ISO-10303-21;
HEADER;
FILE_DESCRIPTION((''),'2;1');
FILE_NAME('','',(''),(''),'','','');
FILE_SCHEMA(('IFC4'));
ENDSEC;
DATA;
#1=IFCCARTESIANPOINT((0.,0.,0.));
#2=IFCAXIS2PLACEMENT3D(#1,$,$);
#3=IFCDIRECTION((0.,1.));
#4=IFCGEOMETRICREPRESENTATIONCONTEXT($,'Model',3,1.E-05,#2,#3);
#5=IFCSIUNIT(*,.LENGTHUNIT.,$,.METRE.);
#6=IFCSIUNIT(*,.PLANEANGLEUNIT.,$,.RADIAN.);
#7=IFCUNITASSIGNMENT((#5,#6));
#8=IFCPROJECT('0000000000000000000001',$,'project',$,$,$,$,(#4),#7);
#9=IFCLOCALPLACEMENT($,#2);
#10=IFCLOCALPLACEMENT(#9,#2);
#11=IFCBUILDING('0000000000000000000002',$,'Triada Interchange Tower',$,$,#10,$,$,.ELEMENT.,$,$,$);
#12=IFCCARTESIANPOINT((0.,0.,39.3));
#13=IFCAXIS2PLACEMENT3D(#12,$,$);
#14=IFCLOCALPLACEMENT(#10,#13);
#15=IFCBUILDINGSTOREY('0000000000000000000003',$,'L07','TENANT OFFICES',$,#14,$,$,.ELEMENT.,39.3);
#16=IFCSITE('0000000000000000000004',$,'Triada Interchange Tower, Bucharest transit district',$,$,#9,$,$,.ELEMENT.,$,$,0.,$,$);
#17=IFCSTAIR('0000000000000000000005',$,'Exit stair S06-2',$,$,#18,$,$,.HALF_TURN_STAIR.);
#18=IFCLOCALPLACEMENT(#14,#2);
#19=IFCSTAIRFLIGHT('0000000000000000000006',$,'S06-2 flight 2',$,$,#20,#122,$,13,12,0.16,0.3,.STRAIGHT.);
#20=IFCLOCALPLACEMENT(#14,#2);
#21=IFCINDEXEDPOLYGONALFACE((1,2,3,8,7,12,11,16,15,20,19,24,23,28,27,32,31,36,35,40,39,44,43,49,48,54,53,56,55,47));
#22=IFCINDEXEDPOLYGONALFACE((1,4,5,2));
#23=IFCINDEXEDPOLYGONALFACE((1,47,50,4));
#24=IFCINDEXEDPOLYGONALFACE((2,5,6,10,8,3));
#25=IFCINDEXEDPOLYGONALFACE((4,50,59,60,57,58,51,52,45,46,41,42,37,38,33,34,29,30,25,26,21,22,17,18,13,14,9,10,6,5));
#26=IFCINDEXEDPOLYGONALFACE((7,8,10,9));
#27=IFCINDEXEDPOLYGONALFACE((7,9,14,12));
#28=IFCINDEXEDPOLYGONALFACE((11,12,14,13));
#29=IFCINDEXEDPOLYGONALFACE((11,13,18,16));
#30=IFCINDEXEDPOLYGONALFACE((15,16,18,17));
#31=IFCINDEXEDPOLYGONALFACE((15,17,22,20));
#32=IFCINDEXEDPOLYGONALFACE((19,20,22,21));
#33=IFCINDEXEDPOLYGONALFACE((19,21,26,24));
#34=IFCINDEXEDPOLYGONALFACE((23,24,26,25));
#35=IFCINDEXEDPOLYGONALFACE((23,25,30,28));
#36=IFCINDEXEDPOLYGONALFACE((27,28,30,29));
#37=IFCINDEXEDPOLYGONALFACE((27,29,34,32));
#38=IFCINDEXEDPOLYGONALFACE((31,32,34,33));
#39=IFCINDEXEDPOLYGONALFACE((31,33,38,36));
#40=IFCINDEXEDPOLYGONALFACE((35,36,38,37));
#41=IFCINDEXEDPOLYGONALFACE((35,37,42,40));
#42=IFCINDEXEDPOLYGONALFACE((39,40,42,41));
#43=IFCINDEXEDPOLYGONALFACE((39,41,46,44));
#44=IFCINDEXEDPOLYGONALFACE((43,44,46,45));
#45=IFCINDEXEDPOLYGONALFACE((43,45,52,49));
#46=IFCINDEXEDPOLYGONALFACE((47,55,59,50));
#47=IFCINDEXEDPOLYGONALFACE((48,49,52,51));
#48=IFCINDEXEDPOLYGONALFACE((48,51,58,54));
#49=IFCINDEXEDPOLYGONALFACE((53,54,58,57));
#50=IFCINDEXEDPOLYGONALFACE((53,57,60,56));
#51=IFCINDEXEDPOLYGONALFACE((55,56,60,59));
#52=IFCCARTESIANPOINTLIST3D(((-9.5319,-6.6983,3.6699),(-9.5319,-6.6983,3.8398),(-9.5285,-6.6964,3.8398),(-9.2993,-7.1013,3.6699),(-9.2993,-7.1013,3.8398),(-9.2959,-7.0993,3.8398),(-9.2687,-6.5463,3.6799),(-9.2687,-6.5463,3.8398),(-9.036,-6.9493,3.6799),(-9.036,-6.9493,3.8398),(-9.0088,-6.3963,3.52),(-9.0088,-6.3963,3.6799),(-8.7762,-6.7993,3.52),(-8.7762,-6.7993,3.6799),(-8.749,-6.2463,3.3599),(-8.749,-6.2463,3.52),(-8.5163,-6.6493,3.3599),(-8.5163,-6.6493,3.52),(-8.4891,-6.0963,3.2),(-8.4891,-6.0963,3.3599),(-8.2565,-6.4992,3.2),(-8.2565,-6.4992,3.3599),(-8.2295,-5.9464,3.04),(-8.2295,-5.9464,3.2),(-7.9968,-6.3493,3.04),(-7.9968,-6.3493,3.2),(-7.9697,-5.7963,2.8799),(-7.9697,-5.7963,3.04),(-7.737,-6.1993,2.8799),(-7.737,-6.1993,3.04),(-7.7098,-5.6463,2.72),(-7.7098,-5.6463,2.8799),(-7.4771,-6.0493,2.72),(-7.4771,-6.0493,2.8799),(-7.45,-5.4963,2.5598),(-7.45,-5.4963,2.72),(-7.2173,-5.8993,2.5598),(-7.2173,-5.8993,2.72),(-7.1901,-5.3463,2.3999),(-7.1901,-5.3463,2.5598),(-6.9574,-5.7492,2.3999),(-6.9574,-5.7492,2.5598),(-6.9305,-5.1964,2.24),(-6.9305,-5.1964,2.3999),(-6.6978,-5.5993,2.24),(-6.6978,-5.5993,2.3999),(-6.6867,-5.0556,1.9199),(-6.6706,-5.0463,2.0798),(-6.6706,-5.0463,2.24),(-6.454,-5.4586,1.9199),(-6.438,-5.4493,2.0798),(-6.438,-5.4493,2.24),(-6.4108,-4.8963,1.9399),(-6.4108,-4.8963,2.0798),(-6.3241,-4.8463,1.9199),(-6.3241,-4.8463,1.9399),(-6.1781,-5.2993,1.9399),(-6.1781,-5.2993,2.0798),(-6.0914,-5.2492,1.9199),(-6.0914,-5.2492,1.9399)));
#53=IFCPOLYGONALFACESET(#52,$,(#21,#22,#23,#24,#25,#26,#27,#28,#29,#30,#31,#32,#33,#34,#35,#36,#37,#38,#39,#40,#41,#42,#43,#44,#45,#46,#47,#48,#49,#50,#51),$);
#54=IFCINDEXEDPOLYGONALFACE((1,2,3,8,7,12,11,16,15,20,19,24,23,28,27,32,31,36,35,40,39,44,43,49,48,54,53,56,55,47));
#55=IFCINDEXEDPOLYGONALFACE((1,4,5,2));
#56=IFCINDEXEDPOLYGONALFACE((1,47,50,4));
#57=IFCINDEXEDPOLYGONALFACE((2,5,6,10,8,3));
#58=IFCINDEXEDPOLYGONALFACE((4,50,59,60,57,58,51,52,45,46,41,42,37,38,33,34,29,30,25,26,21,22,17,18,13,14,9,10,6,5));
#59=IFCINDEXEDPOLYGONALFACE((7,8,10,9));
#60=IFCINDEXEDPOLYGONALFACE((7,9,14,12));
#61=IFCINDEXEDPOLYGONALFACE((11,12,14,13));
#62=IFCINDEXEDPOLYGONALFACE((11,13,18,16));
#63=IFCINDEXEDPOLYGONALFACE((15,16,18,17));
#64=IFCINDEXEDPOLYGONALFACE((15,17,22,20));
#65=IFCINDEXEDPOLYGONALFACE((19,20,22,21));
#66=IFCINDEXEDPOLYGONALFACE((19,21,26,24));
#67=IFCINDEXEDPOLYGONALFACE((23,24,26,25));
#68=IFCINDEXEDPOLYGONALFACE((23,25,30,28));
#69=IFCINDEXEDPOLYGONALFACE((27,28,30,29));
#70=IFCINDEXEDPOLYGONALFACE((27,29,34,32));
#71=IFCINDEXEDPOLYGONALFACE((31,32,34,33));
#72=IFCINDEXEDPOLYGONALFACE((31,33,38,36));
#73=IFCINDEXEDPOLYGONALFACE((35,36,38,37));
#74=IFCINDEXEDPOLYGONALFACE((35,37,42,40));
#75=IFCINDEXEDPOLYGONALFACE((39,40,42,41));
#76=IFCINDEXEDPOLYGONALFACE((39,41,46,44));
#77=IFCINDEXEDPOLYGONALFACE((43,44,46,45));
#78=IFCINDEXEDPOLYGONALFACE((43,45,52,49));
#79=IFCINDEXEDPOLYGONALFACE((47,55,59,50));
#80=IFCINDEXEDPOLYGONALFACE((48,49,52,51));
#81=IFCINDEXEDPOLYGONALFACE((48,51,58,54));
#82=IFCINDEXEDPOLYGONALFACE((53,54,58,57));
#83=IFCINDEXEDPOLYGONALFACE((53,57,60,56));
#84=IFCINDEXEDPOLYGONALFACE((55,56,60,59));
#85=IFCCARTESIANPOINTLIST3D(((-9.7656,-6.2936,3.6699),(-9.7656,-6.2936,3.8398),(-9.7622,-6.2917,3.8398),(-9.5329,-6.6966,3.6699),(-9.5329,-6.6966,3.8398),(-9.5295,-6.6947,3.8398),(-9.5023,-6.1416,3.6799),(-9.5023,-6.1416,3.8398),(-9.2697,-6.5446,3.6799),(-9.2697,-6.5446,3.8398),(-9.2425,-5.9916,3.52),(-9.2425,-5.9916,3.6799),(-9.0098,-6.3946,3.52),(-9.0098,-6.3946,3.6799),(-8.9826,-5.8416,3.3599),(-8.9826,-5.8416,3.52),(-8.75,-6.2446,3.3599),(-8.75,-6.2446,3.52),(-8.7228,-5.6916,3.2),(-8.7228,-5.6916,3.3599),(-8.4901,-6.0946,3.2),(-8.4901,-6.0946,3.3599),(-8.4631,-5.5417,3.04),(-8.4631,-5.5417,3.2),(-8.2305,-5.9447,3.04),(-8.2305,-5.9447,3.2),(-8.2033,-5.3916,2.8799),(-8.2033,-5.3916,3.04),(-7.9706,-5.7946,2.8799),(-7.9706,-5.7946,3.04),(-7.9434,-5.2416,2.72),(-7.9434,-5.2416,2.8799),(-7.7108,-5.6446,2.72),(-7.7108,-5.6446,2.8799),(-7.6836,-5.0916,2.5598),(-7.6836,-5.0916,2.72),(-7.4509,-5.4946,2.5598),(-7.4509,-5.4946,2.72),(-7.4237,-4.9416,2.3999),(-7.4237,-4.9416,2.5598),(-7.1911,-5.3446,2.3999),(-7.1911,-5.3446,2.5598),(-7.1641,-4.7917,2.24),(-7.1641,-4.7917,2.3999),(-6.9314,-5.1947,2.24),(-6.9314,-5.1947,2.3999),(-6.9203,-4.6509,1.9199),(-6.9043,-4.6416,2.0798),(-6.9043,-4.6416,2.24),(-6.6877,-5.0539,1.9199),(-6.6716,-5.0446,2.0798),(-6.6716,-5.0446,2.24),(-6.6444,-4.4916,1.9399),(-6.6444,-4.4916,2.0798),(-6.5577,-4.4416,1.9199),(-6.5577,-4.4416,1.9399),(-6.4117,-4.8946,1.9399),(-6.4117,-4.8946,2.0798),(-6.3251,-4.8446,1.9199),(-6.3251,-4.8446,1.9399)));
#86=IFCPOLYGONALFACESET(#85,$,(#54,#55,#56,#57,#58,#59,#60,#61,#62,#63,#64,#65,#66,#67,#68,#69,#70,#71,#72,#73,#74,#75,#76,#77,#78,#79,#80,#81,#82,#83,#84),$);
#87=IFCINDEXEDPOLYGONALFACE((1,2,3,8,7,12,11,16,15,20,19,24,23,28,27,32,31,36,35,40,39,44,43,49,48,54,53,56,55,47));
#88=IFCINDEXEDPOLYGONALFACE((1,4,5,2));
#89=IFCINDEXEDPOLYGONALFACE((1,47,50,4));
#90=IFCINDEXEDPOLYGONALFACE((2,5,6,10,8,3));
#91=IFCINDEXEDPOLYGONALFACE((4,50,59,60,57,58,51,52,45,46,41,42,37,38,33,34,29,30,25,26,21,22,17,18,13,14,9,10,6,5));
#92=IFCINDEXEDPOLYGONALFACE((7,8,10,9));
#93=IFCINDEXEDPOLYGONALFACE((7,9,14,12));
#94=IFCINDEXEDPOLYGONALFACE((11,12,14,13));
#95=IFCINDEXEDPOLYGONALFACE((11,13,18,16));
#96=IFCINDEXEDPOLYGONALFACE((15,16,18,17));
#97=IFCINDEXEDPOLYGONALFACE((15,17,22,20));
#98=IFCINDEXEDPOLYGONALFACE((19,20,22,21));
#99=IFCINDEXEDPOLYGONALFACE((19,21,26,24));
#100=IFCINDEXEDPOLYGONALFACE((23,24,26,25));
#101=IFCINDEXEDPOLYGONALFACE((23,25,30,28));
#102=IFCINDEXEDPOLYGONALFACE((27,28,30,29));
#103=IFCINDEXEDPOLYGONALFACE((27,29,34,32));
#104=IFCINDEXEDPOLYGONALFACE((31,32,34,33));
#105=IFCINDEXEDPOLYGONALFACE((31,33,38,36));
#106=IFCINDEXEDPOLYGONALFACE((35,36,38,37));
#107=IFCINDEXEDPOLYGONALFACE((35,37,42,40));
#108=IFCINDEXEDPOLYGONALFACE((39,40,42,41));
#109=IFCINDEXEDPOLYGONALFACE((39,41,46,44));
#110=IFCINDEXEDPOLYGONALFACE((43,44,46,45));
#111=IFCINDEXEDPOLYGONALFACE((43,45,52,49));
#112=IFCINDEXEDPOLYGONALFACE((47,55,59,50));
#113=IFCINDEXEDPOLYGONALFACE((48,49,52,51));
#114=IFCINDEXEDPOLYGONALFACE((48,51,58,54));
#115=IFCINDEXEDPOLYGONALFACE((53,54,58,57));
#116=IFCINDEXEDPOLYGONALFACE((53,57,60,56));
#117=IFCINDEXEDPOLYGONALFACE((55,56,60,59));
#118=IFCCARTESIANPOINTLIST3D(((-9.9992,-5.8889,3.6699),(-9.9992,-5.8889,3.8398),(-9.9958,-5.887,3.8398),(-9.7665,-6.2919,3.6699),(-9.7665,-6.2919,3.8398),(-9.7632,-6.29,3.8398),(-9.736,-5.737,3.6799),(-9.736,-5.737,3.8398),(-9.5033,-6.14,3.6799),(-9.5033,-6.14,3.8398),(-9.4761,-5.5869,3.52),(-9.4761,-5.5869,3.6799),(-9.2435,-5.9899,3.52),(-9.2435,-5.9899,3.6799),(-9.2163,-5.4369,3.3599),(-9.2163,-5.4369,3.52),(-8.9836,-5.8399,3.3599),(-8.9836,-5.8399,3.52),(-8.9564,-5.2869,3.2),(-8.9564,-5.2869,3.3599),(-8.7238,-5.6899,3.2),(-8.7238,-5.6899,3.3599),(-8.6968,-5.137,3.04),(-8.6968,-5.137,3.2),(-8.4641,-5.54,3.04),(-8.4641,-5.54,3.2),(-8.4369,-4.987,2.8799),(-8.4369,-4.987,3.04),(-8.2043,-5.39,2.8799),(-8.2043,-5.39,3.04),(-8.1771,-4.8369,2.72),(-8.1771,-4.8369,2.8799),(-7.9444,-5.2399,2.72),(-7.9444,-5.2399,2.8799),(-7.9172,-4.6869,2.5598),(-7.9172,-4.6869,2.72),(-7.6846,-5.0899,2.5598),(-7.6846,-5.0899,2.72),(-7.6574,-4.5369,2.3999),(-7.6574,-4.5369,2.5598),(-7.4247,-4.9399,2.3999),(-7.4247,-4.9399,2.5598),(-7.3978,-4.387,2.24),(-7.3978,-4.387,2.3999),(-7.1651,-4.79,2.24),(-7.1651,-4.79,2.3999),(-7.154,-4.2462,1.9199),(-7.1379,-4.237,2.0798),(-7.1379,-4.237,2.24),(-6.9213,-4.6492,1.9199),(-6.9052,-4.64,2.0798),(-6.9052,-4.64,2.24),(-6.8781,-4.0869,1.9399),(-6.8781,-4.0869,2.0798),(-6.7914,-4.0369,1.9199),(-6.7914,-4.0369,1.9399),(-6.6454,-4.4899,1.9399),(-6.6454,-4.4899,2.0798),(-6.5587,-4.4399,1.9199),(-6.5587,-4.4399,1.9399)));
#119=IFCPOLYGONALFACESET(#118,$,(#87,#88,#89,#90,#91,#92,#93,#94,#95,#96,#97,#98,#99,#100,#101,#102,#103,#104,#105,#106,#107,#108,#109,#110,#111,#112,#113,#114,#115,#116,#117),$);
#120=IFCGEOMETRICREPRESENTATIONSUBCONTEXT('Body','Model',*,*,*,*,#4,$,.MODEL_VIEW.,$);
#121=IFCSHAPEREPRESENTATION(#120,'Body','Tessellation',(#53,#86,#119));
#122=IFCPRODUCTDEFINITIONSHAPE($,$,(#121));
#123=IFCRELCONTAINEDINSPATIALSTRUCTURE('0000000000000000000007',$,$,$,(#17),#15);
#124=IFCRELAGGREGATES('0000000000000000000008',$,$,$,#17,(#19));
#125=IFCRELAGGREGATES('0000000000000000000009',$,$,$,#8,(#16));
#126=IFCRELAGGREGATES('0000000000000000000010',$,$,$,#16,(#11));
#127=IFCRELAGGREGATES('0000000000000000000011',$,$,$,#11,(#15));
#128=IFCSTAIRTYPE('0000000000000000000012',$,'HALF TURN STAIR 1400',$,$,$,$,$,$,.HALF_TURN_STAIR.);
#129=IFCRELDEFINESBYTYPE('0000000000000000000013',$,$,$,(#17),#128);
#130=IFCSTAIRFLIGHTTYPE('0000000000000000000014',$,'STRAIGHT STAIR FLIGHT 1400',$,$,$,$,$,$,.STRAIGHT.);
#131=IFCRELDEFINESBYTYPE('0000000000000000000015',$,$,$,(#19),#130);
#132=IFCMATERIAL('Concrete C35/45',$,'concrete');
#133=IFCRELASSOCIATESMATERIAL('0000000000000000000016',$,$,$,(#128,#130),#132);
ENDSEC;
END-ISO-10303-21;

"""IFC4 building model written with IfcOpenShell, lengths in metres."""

from ifc_helpers import new_model, si_unit, direction, frame, origin, place, context, subcontext, project, spatial, polyline, outline, extrude, material, type_object, element, aggregate, save


model = new_model("IFC4")

# Units and contexts
model_context = context("Model", 3, precision=1e-05, world=origin(), true_north=direction((0.0, 1.0)))
body_context = subcontext(model_context, "Body", "Model", "MODEL_VIEW")
ifc_project = project(units=[si_unit("LENGTHUNIT", "METRE"), si_unit("PLANEANGLEUNIT", "RADIAN")], contexts=[model_context])

# Site, building, storey
site_placement = place(None, origin())
site = spatial("IfcSite", under=ifc_project, at=site_placement, Name="Triada Interchange Tower, Bucharest transit district", CompositionType="ELEMENT", RefElevation=0.0)
building_placement = place(site_placement, origin())
building = spatial("IfcBuilding", under=site, at=building_placement, Name="Triada Interchange Tower", CompositionType="ELEMENT")
storey_placement = place(building_placement, frame((0.0, 0.0, 39.3)))
storey = spatial("IfcBuildingStorey", under=building, at=storey_placement, Name="L07", Description="TENANT OFFICES", CompositionType="ELEMENT", Elevation=39.3)

# Stair, stair flight
ifc_material_1 = material(Name="Concrete C35/45", Category="concrete")
stair_type = type_object("IfcStairType", Name="HALF TURN STAIR 1400", PredefinedType="HALF_TURN_STAIR", material=ifc_material_1)
stair_placement = place(storey_placement, origin())
stair = element("IfcStair", 1, at=stair_placement, inside=storey, type_object=stair_type, Name="Exit stair S06-2", PredefinedType="HALF_TURN_STAIR")
stair_flight_type = type_object("IfcStairFlightType", Name="STRAIGHT STAIR FLIGHT 1400", PredefinedType="STRAIGHT", material=ifc_material_1)
stair_flight_1_placement = place(storey_placement, frame((-6.5281, -4.6931, 1.9199), z_axis=(0.0, 0.0, 1.0), x_axis=(-0.866025, -0.5, 0.0)))
stair_flight_1 = element("IfcStairFlight", 2, at=stair_flight_1_placement, type_object=stair_flight_type, Name="S06-2 flight 2", NumberOfRisers=13, NumberOfTreads=12, PredefinedType="STRAIGHT", RiserHeight=0.16, TreadLength=0.3, context=body_context, shape_type="SweptSolid", body=[
    extrude(outline(polyline([(-0.1001, 0.0), (-0.1001, 0.02), (0.0, 0.02), (0.0, 0.1599), (0.3, 0.1599), (0.3, 0.3201), (0.6001, 0.3201), (0.6001, 0.48), (0.8999, 0.48), (0.8999, 0.6399), (1.2, 0.6399), (1.2, 0.8), (1.5, 0.8), (1.5, 0.96), (1.8, 0.96), (1.8, 1.1201), (2.1001, 1.1201), (2.1001, 1.28), (2.3999, 1.28), (2.3999, 1.4399), (2.7, 1.4399), (2.7, 1.6001), (3.0, 1.6001), (3.0, 1.76), (3.3, 1.76), (3.3, 1.9199), (3.6001, 1.9199), (3.604, 1.9199), (3.604, 2.0801), (3.604, 1.75), (0.3186, 0.0), (-0.1001, 0.0)])), frame((0.0, 0.7, 0.0), z_axis=(0.0, -1.0, 0.0), x_axis=(1.0, 0.0, 0.0)), (0.0, 0.0, 1.0), 0.4653),
    extrude(outline(polyline([(-0.1001, 0.0), (-0.1001, 0.02), (0.0, 0.02), (0.0, 0.1599), (0.3, 0.1599), (0.3, 0.3201), (0.6001, 0.3201), (0.6001, 0.48), (0.8999, 0.48), (0.8999, 0.6399), (1.2, 0.6399), (1.2, 0.8), (1.5, 0.8), (1.5, 0.96), (1.8, 0.96), (1.8, 1.1201), (2.1001, 1.1201), (2.1001, 1.28), (2.3999, 1.28), (2.3999, 1.4399), (2.7, 1.4399), (2.7, 1.6001), (3.0, 1.6001), (3.0, 1.76), (3.3, 1.76), (3.3, 1.9199), (3.6001, 1.9199), (3.604, 1.9199), (3.604, 2.0801), (3.604, 1.75), (0.3186, 0.0), (-0.1001, 0.0)])), frame((0.0, 0.2327, 0.0), z_axis=(0.0, -1.0, 0.0), x_axis=(1.0, 0.0, 0.0)), (0.0, 0.0, 1.0), 0.4653),
    extrude(outline(polyline([(-0.1001, 0.0), (-0.1001, 0.02), (0.0, 0.02), (0.0, 0.1599), (0.3, 0.1599), (0.3, 0.3201), (0.6001, 0.3201), (0.6001, 0.48), (0.8999, 0.48), (0.8999, 0.6399), (1.2, 0.6399), (1.2, 0.8), (1.5, 0.8), (1.5, 0.96), (1.8, 0.96), (1.8, 1.1201), (2.1001, 1.1201), (2.1001, 1.28), (2.3999, 1.28), (2.3999, 1.4399), (2.7, 1.4399), (2.7, 1.6001), (3.0, 1.6001), (3.0, 1.76), (3.3, 1.76), (3.3, 1.9199), (3.6001, 1.9199), (3.604, 1.9199), (3.604, 2.0801), (3.604, 1.75), (0.3186, 0.0), (-0.1001, 0.0)])), frame((0.0, -0.2346, 0.0), z_axis=(0.0, -1.0, 0.0), x_axis=(1.0, 0.0, 0.0)), (0.0, 0.0, 1.0), 0.4653),
])
aggregate(stair, [stair_flight_1])

save(model, "model.ifc")
